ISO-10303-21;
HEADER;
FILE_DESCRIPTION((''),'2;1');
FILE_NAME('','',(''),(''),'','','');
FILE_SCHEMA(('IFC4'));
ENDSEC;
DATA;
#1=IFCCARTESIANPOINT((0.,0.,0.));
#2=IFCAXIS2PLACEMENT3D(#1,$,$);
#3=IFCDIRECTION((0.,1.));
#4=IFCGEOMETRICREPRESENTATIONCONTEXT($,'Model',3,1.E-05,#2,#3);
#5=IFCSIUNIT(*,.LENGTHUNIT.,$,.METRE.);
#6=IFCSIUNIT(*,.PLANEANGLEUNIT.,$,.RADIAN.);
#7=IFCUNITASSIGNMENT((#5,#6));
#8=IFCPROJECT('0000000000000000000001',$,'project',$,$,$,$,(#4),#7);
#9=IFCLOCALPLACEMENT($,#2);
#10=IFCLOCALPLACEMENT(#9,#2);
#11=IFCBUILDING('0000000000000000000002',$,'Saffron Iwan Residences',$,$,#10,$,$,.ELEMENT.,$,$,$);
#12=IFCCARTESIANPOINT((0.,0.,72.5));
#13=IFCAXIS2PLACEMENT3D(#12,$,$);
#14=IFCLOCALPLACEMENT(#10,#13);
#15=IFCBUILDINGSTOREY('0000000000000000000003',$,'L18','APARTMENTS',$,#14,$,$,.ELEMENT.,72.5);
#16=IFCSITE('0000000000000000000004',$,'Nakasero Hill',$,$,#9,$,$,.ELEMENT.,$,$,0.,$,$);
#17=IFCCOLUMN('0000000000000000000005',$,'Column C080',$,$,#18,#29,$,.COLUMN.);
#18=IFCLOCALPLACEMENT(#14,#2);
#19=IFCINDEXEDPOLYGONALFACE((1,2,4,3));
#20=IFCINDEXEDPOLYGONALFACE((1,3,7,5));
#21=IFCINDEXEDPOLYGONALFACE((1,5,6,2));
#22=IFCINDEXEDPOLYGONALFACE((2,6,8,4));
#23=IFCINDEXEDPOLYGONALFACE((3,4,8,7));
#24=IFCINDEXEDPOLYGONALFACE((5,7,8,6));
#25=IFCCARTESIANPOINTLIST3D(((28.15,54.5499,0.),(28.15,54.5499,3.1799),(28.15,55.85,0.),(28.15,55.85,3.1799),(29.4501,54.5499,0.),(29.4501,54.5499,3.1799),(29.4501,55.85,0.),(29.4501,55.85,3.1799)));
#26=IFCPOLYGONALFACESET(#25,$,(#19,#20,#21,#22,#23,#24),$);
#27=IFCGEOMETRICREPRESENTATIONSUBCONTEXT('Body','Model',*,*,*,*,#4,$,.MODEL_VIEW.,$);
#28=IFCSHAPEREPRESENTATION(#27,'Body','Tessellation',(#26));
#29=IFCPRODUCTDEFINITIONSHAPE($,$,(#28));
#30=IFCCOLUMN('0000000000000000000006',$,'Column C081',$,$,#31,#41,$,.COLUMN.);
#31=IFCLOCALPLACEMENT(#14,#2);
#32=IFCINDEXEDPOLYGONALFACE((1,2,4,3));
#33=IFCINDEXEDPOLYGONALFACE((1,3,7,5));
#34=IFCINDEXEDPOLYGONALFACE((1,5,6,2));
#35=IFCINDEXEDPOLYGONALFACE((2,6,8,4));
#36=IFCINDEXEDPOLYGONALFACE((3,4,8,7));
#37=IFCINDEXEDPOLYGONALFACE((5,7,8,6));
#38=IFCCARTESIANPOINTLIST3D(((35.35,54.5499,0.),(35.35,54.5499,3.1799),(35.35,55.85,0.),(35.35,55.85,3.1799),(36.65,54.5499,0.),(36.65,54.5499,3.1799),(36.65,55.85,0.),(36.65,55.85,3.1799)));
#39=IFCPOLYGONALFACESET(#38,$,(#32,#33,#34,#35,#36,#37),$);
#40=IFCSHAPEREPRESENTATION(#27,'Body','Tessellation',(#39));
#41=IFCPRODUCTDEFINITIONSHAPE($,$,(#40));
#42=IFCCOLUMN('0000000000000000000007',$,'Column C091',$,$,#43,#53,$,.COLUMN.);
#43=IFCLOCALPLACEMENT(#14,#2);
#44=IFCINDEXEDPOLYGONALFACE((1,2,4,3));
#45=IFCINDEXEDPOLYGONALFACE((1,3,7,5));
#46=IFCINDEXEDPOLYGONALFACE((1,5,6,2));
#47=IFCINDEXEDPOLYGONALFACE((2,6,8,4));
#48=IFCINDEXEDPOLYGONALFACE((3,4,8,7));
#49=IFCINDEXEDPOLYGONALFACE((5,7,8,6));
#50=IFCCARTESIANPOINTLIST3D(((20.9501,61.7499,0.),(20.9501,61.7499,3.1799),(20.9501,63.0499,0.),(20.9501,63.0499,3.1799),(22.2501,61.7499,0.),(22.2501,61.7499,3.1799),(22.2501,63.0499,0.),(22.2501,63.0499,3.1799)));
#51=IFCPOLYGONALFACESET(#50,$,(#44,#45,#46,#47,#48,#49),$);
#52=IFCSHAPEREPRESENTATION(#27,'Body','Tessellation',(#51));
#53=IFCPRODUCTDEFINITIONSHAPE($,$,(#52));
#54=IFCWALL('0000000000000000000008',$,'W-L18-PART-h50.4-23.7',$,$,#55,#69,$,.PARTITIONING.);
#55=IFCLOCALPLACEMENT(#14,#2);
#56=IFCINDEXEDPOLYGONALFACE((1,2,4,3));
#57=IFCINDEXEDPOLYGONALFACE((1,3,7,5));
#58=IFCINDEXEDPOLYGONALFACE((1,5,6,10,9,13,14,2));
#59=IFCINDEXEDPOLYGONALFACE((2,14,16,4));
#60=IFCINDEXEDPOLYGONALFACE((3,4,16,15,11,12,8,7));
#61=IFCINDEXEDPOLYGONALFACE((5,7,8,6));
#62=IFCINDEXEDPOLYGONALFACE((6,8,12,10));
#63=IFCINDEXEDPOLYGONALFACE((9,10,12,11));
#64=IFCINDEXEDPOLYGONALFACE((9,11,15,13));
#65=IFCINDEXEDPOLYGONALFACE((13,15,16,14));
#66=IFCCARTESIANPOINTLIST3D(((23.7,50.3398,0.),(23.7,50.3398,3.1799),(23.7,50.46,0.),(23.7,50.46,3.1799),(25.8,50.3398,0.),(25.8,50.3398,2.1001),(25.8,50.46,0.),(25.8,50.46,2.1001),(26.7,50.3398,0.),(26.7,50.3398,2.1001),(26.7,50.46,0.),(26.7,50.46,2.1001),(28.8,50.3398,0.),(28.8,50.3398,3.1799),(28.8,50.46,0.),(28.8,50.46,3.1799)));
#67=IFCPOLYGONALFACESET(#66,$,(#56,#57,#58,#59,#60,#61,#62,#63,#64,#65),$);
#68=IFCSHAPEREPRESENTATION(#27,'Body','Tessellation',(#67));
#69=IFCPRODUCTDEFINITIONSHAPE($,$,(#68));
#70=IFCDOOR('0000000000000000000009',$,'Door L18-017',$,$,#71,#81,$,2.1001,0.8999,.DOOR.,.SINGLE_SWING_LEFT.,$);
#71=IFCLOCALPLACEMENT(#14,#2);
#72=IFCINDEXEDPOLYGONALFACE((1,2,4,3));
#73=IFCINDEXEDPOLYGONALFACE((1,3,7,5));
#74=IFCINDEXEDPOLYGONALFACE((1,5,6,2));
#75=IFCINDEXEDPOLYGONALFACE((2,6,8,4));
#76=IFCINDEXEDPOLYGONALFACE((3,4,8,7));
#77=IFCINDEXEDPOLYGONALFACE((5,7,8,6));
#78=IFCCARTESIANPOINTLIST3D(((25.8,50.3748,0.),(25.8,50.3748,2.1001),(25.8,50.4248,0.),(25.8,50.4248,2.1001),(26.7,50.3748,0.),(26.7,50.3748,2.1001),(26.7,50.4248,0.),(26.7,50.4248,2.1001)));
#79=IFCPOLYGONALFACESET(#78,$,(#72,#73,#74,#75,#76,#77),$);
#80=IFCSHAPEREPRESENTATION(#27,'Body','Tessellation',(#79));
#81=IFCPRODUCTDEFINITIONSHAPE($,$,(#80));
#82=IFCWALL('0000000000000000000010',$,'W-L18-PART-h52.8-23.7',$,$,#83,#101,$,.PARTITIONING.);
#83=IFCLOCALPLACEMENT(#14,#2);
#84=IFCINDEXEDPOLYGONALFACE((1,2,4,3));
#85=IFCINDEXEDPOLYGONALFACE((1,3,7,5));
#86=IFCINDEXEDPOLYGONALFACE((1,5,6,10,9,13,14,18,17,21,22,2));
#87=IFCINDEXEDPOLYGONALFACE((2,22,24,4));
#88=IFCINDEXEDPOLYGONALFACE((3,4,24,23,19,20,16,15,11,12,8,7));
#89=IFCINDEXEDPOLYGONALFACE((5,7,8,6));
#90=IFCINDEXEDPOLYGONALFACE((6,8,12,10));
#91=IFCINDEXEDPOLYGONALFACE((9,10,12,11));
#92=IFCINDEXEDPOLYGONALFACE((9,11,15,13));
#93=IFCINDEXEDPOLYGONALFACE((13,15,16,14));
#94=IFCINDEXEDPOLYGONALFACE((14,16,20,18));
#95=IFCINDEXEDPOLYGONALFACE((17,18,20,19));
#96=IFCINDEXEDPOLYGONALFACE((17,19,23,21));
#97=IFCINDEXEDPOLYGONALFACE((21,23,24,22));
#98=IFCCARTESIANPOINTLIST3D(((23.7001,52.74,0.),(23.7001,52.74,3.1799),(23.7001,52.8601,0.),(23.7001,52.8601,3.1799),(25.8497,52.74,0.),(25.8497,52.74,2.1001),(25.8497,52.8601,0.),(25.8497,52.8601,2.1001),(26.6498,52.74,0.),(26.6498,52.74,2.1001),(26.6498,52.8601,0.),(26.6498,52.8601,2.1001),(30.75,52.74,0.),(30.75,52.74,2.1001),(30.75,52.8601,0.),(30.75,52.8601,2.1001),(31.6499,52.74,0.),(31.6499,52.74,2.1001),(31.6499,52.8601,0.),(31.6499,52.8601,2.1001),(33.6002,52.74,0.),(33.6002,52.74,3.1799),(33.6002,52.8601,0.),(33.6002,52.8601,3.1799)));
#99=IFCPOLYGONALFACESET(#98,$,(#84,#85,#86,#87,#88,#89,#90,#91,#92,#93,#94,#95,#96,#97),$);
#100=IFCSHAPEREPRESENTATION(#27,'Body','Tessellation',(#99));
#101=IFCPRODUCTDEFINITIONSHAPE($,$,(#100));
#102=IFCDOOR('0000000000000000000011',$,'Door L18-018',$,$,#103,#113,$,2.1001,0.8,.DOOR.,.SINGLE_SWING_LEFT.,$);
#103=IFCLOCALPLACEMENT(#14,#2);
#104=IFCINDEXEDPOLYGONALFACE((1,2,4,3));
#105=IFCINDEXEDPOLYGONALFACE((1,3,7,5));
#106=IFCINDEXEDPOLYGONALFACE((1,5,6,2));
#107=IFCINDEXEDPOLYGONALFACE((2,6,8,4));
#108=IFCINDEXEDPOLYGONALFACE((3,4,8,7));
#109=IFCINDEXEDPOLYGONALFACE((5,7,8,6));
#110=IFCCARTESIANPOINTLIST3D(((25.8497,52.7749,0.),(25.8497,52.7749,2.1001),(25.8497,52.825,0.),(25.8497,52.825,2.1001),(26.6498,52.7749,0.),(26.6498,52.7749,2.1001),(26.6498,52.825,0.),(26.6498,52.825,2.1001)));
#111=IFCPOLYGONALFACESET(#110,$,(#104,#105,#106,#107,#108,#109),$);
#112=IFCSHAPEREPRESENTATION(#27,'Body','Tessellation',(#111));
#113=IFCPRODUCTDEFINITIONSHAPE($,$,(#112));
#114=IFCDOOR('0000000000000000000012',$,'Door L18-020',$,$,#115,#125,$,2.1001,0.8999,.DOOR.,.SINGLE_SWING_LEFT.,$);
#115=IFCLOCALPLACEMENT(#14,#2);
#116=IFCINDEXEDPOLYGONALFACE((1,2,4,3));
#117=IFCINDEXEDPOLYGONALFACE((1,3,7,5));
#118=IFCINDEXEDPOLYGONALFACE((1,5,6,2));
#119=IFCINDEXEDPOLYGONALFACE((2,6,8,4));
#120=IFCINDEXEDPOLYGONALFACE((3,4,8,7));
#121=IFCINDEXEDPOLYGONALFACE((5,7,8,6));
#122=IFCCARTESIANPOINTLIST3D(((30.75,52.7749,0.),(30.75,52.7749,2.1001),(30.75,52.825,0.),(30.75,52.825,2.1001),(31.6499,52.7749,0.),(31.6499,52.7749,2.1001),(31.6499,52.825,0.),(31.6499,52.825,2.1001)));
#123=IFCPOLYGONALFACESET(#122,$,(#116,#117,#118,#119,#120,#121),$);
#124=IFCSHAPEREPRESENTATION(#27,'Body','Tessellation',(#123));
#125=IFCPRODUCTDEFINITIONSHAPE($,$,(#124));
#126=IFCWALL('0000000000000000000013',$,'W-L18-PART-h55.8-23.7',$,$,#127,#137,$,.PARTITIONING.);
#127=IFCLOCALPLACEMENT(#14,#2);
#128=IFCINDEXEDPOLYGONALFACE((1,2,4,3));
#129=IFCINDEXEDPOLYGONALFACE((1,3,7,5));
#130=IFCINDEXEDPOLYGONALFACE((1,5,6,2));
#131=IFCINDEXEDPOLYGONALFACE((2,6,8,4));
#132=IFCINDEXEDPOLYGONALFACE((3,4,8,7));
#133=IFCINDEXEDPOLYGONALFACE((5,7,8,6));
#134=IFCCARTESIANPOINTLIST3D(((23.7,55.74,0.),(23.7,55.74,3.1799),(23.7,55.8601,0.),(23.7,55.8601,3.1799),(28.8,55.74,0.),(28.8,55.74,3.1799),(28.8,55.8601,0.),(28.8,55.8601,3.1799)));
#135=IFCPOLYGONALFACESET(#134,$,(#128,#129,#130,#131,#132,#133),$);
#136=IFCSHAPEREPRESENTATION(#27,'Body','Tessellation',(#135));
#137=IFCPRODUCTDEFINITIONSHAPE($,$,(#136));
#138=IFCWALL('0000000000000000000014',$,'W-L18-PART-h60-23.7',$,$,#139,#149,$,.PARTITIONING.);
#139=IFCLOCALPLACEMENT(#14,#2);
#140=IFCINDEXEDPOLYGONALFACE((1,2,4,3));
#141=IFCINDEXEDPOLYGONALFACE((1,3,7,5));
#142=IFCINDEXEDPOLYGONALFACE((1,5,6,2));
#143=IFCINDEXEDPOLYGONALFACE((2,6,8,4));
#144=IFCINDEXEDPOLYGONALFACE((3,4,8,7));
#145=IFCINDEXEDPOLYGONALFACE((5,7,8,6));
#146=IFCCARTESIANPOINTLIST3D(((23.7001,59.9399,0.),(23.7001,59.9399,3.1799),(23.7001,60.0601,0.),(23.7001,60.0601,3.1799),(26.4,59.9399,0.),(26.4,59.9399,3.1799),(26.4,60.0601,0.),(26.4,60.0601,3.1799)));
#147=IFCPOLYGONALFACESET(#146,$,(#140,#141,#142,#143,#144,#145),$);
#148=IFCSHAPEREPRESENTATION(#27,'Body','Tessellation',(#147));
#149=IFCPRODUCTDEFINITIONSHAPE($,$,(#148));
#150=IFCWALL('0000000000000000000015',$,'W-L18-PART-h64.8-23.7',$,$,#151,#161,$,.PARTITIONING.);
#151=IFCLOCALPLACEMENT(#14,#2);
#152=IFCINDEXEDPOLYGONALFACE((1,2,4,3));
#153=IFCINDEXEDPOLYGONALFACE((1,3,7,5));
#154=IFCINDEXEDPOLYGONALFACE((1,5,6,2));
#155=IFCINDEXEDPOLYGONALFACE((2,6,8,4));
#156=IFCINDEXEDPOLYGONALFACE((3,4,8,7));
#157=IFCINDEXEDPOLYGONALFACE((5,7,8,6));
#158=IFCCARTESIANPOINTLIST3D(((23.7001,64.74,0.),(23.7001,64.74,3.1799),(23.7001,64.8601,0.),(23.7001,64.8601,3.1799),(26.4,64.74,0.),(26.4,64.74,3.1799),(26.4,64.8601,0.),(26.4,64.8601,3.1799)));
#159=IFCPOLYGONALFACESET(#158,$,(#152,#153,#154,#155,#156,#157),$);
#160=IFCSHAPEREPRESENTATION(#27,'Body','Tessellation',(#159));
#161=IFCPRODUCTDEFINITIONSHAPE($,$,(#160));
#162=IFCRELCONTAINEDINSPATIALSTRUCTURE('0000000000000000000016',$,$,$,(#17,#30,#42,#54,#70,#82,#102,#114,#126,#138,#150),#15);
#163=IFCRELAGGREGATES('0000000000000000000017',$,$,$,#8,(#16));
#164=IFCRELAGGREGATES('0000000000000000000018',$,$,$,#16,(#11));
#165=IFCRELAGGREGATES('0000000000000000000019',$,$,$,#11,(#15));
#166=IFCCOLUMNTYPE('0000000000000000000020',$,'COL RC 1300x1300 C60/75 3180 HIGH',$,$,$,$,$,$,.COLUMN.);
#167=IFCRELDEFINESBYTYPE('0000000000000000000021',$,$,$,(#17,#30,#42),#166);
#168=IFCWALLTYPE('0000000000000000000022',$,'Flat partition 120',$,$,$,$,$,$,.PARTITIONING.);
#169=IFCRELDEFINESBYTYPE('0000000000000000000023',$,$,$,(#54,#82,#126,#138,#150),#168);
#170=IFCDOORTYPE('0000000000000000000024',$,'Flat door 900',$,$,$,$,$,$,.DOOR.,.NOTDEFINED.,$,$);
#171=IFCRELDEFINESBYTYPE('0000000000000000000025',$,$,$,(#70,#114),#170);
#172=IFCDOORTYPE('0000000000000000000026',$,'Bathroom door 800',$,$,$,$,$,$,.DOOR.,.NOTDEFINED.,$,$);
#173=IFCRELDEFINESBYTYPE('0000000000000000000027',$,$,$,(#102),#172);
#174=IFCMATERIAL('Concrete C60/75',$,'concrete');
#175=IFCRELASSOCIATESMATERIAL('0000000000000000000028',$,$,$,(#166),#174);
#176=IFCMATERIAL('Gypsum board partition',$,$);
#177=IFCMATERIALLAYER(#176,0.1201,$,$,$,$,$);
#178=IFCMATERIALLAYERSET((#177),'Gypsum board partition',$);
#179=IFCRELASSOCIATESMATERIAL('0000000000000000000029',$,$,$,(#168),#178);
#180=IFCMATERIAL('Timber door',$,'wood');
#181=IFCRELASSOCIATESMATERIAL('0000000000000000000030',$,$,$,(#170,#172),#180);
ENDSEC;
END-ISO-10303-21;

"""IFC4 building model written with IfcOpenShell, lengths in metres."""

from ifc_helpers import new_model, si_unit, direction, frame, frame_2d, origin, origin_2d, place, context, subcontext, project, spatial, rectangle, extrude, source, transform, mapped, material, layer, layer_set, material_profile, profile_set, type_object, element, fill, save


model = new_model("IFC4")

# Units and contexts
model_context = context("Model", 3, precision=1e-05, world=origin(), true_north=direction((0.0, 1.0)))
body_context = subcontext(model_context, "Body", "Model", "MODEL_VIEW")
ifc_project = project(units=[si_unit("LENGTHUNIT", "METRE"), si_unit("PLANEANGLEUNIT", "RADIAN")], contexts=[model_context])

# Site, building, storey
site_placement = place(None, origin())
site = spatial("IfcSite", under=ifc_project, at=site_placement, Name="Nakasero Hill", CompositionType="ELEMENT", RefElevation=0.0)
building_placement = place(site_placement, origin())
building = spatial("IfcBuilding", under=site, at=building_placement, Name="Saffron Iwan Residences", CompositionType="ELEMENT")
storey_placement = place(building_placement, frame((0.0, 0.0, 72.5)))
storey = spatial("IfcBuildingStorey", under=building, at=storey_placement, Name="L18", Description="APARTMENTS", CompositionType="ELEMENT", Elevation=72.5)

# Columns
ifc_material_1 = material(Name="Concrete C60/75", Category="concrete")
ifc_material_profile = material_profile(ifc_material_1, rectangle(XDim=1.3, YDim=1.3, at=origin_2d()), Name="RC 1300x1300")
ifc_profile_set = profile_set([ifc_material_profile], Name="Concrete C60/75")
column_type = type_object("IfcColumnType", Name="COL RC 1300x1300 C60/75 3180 HIGH", PredefinedType="COLUMN", material=ifc_profile_set)
shared_shape = source(origin(), body_context, "Body", "SweptSolid", [
    extrude(rectangle(XDim=1.3, YDim=1.3, at=origin_2d()), origin(), (0.0, 0.0, 1.0), 3.1799),
])
for number, where, z_axis, x_axis, name in (
    (1, (28.8, 55.2, 0.0), (0.0, 0.0, 1.0), (1.0, 0.0, 0.0), "Column C080"),
    (2, (36.0, 55.2, 0.0), (0.0, 0.0, 1.0), (1.0, 0.0, 0.0), "Column C081"),
    (3, (21.6001, 62.3999, 0.0), (0.0, 0.0, 1.0), (1.0, 0.0, 0.0), "Column C091"),
):
    element("IfcColumn", number, at=place(storey_placement, frame(where, z_axis=z_axis, x_axis=x_axis)), inside=storey, type_object=column_type, Name=name, PredefinedType="COLUMN", context=body_context, shape_type="MappedRepresentation", body=[
        mapped(shared_shape, transform((0.0, 0.0, 0.0))),
    ])

# Wall, opening, door
ifc_material_2 = material(Name="Gypsum board partition")
ifc_layer_1 = layer(ifc_material_2, 0.1201)
ifc_layer_set_1 = layer_set([ifc_layer_1], Name="Gypsum board partition")
wall_type_1 = type_object("IfcWallType", Name="Flat partition 120", PredefinedType="PARTITIONING", material=ifc_layer_set_1)
wall_1_placement = place(storey_placement, frame((23.7, 50.3999, 0.0), z_axis=(0.0, 0.0, 1.0), x_axis=(1.0, 0.0, 0.0)))
wall_1 = element("IfcWall", 4, at=wall_1_placement, inside=storey, type_object=wall_type_1, Name="W-L18-PART-h50.4-23.7", PredefinedType="PARTITIONING", context=body_context, shape_type="SweptSolid", body=[
    extrude(rectangle(XDim=5.1001, YDim=0.1201, at=frame_2d((2.55, 0.0))), origin(), (0.0, 0.0, 1.0), 3.1799),
])
opening_1_placement = place(wall_1_placement, frame((2.1001, 0.0, 0.0)))
opening_1 = element("IfcOpeningElement", 5, at=opening_1_placement, cuts=wall_1, PredefinedType="OPENING", context=body_context, shape_type="SweptSolid", body=[
    extrude(rectangle(XDim=0.8999, YDim=2.1001, at=frame_2d((0.45, 1.05))), frame((0.0, 0.0701, 0.0), z_axis=(0.0, -1.0, 0.0), x_axis=(1.0, 0.0, 0.0)), (0.0, 0.0, 1.0), 0.1401),
])
ifc_material_3 = material(Name="Timber door", Category="wood")
door_type_1 = type_object("IfcDoorType", Name="Flat door 900", OperationType="NOTDEFINED", PredefinedType="DOOR", material=ifc_material_3)
door_1_placement = place(opening_1_placement, origin())
door_1 = element("IfcDoor", 6, at=door_1_placement, inside=storey, type_object=door_type_1, Name="Door L18-017", OperationType="SINGLE_SWING_LEFT", OverallHeight=2.1001, OverallWidth=0.8999, PredefinedType="DOOR", context=body_context, shape_type="SweptSolid", body=[
    extrude(rectangle(XDim=0.8999, YDim=2.1001, at=frame_2d((0.45, 1.05))), frame((0.0, 0.0249, 0.0), z_axis=(0.0, -1.0, 0.0), x_axis=(1.0, 0.0, 0.0)), (0.0, 0.0, 1.0), 0.05),
])
fill(opening_1, door_1)

# Wall, openings, doors
wall_2_placement = place(storey_placement, frame((23.7, 52.8, 0.0), z_axis=(0.0, 0.0, 1.0), x_axis=(1.0, 0.0, 0.0)))
wall_2 = element("IfcWall", 7, at=wall_2_placement, inside=storey, type_object=wall_type_1, Name="W-L18-PART-h52.8-23.7", PredefinedType="PARTITIONING", context=body_context, shape_type="SweptSolid", body=[
    extrude(rectangle(XDim=9.9001, YDim=0.1201, at=frame_2d((4.9502, 0.0))), origin(), (0.0, 0.0, 1.0), 3.1799),
])
opening_2_placement = place(wall_2_placement, frame((2.1499, 0.0, 0.0)))
opening_2 = element("IfcOpeningElement", 8, at=opening_2_placement, cuts=wall_2, PredefinedType="OPENING", context=body_context, shape_type="SweptSolid", body=[
    extrude(rectangle(XDim=0.8, YDim=2.1001, at=frame_2d((0.3999, 1.05))), frame((0.0, 0.0701, 0.0), z_axis=(0.0, -1.0, 0.0), x_axis=(1.0, 0.0, 0.0)), (0.0, 0.0, 1.0), 0.1401),
])
opening_3_placement = place(wall_2_placement, frame((7.05, 0.0, 0.0)))
opening_3 = element("IfcOpeningElement", 9, at=opening_3_placement, cuts=wall_2, PredefinedType="OPENING", context=body_context, shape_type="SweptSolid", body=[
    extrude(rectangle(XDim=0.8999, YDim=2.1001, at=frame_2d((0.45, 1.05))), frame((0.0, 0.0701, 0.0), z_axis=(0.0, -1.0, 0.0), x_axis=(1.0, 0.0, 0.0)), (0.0, 0.0, 1.0), 0.1401),
])
door_type_2 = type_object("IfcDoorType", Name="Bathroom door 800", OperationType="NOTDEFINED", PredefinedType="DOOR", material=ifc_material_3)
door_2_placement = place(opening_2_placement, origin())
door_2 = element("IfcDoor", 10, at=door_2_placement, inside=storey, type_object=door_type_2, Name="Door L18-018", OperationType="SINGLE_SWING_LEFT", OverallHeight=2.1001, OverallWidth=0.8, PredefinedType="DOOR", context=body_context, shape_type="SweptSolid", body=[
    extrude(rectangle(XDim=0.8, YDim=2.1001, at=frame_2d((0.3999, 1.05))), frame((0.0, 0.0249, 0.0), z_axis=(0.0, -1.0, 0.0), x_axis=(1.0, 0.0, 0.0)), (0.0, 0.0, 1.0), 0.05),
])
fill(opening_2, door_2)
door_3_placement = place(opening_3_placement, origin())
door_3 = element("IfcDoor", 11, at=door_3_placement, inside=storey, type_object=door_type_1, Name="Door L18-020", OperationType="SINGLE_SWING_LEFT", OverallHeight=2.1001, OverallWidth=0.8999, PredefinedType="DOOR", context=body_context, shape_type="SweptSolid", body=[
    extrude(rectangle(XDim=0.8999, YDim=2.1001, at=frame_2d((0.45, 1.05))), frame((0.0, 0.0249, 0.0), z_axis=(0.0, -1.0, 0.0), x_axis=(1.0, 0.0, 0.0)), (0.0, 0.0, 1.0), 0.05),
])
fill(opening_3, door_3)

# Walls
wall_3_placement = place(storey_placement, frame((23.7, 55.8, 0.0), z_axis=(0.0, 0.0, 1.0), x_axis=(1.0, 0.0, 0.0)))
element("IfcWall", 12, at=wall_3_placement, inside=storey, type_object=wall_type_1, Name="W-L18-PART-h55.8-23.7", PredefinedType="PARTITIONING", context=body_context, shape_type="SweptSolid", body=[
    extrude(rectangle(XDim=5.1001, YDim=0.1201, at=frame_2d((2.55, 0.0))), origin(), (0.0, 0.0, 1.0), 3.1799),
])
for number, where, z_axis, x_axis, name in (
    (13, (23.7, 60.0, 0.0), (0.0, 0.0, 1.0), (1.0, 0.0, 0.0), "W-L18-PART-h60-23.7"),
    (14, (23.7, 64.8, 0.0), (0.0, 0.0, 1.0), (1.0, 0.0, 0.0), "W-L18-PART-h64.8-23.7"),
):
    element("IfcWall", number, at=place(storey_placement, frame(where, z_axis=z_axis, x_axis=x_axis)), inside=storey, type_object=wall_type_1, Name=name, PredefinedType="PARTITIONING", context=body_context, shape_type="SweptSolid", body=[
        extrude(rectangle(XDim=2.7, YDim=0.1201, at=frame_2d((1.3501, 0.0))), origin(), (0.0, 0.0, 1.0), 3.1799),
    ])

save(model, "model.ifc")
